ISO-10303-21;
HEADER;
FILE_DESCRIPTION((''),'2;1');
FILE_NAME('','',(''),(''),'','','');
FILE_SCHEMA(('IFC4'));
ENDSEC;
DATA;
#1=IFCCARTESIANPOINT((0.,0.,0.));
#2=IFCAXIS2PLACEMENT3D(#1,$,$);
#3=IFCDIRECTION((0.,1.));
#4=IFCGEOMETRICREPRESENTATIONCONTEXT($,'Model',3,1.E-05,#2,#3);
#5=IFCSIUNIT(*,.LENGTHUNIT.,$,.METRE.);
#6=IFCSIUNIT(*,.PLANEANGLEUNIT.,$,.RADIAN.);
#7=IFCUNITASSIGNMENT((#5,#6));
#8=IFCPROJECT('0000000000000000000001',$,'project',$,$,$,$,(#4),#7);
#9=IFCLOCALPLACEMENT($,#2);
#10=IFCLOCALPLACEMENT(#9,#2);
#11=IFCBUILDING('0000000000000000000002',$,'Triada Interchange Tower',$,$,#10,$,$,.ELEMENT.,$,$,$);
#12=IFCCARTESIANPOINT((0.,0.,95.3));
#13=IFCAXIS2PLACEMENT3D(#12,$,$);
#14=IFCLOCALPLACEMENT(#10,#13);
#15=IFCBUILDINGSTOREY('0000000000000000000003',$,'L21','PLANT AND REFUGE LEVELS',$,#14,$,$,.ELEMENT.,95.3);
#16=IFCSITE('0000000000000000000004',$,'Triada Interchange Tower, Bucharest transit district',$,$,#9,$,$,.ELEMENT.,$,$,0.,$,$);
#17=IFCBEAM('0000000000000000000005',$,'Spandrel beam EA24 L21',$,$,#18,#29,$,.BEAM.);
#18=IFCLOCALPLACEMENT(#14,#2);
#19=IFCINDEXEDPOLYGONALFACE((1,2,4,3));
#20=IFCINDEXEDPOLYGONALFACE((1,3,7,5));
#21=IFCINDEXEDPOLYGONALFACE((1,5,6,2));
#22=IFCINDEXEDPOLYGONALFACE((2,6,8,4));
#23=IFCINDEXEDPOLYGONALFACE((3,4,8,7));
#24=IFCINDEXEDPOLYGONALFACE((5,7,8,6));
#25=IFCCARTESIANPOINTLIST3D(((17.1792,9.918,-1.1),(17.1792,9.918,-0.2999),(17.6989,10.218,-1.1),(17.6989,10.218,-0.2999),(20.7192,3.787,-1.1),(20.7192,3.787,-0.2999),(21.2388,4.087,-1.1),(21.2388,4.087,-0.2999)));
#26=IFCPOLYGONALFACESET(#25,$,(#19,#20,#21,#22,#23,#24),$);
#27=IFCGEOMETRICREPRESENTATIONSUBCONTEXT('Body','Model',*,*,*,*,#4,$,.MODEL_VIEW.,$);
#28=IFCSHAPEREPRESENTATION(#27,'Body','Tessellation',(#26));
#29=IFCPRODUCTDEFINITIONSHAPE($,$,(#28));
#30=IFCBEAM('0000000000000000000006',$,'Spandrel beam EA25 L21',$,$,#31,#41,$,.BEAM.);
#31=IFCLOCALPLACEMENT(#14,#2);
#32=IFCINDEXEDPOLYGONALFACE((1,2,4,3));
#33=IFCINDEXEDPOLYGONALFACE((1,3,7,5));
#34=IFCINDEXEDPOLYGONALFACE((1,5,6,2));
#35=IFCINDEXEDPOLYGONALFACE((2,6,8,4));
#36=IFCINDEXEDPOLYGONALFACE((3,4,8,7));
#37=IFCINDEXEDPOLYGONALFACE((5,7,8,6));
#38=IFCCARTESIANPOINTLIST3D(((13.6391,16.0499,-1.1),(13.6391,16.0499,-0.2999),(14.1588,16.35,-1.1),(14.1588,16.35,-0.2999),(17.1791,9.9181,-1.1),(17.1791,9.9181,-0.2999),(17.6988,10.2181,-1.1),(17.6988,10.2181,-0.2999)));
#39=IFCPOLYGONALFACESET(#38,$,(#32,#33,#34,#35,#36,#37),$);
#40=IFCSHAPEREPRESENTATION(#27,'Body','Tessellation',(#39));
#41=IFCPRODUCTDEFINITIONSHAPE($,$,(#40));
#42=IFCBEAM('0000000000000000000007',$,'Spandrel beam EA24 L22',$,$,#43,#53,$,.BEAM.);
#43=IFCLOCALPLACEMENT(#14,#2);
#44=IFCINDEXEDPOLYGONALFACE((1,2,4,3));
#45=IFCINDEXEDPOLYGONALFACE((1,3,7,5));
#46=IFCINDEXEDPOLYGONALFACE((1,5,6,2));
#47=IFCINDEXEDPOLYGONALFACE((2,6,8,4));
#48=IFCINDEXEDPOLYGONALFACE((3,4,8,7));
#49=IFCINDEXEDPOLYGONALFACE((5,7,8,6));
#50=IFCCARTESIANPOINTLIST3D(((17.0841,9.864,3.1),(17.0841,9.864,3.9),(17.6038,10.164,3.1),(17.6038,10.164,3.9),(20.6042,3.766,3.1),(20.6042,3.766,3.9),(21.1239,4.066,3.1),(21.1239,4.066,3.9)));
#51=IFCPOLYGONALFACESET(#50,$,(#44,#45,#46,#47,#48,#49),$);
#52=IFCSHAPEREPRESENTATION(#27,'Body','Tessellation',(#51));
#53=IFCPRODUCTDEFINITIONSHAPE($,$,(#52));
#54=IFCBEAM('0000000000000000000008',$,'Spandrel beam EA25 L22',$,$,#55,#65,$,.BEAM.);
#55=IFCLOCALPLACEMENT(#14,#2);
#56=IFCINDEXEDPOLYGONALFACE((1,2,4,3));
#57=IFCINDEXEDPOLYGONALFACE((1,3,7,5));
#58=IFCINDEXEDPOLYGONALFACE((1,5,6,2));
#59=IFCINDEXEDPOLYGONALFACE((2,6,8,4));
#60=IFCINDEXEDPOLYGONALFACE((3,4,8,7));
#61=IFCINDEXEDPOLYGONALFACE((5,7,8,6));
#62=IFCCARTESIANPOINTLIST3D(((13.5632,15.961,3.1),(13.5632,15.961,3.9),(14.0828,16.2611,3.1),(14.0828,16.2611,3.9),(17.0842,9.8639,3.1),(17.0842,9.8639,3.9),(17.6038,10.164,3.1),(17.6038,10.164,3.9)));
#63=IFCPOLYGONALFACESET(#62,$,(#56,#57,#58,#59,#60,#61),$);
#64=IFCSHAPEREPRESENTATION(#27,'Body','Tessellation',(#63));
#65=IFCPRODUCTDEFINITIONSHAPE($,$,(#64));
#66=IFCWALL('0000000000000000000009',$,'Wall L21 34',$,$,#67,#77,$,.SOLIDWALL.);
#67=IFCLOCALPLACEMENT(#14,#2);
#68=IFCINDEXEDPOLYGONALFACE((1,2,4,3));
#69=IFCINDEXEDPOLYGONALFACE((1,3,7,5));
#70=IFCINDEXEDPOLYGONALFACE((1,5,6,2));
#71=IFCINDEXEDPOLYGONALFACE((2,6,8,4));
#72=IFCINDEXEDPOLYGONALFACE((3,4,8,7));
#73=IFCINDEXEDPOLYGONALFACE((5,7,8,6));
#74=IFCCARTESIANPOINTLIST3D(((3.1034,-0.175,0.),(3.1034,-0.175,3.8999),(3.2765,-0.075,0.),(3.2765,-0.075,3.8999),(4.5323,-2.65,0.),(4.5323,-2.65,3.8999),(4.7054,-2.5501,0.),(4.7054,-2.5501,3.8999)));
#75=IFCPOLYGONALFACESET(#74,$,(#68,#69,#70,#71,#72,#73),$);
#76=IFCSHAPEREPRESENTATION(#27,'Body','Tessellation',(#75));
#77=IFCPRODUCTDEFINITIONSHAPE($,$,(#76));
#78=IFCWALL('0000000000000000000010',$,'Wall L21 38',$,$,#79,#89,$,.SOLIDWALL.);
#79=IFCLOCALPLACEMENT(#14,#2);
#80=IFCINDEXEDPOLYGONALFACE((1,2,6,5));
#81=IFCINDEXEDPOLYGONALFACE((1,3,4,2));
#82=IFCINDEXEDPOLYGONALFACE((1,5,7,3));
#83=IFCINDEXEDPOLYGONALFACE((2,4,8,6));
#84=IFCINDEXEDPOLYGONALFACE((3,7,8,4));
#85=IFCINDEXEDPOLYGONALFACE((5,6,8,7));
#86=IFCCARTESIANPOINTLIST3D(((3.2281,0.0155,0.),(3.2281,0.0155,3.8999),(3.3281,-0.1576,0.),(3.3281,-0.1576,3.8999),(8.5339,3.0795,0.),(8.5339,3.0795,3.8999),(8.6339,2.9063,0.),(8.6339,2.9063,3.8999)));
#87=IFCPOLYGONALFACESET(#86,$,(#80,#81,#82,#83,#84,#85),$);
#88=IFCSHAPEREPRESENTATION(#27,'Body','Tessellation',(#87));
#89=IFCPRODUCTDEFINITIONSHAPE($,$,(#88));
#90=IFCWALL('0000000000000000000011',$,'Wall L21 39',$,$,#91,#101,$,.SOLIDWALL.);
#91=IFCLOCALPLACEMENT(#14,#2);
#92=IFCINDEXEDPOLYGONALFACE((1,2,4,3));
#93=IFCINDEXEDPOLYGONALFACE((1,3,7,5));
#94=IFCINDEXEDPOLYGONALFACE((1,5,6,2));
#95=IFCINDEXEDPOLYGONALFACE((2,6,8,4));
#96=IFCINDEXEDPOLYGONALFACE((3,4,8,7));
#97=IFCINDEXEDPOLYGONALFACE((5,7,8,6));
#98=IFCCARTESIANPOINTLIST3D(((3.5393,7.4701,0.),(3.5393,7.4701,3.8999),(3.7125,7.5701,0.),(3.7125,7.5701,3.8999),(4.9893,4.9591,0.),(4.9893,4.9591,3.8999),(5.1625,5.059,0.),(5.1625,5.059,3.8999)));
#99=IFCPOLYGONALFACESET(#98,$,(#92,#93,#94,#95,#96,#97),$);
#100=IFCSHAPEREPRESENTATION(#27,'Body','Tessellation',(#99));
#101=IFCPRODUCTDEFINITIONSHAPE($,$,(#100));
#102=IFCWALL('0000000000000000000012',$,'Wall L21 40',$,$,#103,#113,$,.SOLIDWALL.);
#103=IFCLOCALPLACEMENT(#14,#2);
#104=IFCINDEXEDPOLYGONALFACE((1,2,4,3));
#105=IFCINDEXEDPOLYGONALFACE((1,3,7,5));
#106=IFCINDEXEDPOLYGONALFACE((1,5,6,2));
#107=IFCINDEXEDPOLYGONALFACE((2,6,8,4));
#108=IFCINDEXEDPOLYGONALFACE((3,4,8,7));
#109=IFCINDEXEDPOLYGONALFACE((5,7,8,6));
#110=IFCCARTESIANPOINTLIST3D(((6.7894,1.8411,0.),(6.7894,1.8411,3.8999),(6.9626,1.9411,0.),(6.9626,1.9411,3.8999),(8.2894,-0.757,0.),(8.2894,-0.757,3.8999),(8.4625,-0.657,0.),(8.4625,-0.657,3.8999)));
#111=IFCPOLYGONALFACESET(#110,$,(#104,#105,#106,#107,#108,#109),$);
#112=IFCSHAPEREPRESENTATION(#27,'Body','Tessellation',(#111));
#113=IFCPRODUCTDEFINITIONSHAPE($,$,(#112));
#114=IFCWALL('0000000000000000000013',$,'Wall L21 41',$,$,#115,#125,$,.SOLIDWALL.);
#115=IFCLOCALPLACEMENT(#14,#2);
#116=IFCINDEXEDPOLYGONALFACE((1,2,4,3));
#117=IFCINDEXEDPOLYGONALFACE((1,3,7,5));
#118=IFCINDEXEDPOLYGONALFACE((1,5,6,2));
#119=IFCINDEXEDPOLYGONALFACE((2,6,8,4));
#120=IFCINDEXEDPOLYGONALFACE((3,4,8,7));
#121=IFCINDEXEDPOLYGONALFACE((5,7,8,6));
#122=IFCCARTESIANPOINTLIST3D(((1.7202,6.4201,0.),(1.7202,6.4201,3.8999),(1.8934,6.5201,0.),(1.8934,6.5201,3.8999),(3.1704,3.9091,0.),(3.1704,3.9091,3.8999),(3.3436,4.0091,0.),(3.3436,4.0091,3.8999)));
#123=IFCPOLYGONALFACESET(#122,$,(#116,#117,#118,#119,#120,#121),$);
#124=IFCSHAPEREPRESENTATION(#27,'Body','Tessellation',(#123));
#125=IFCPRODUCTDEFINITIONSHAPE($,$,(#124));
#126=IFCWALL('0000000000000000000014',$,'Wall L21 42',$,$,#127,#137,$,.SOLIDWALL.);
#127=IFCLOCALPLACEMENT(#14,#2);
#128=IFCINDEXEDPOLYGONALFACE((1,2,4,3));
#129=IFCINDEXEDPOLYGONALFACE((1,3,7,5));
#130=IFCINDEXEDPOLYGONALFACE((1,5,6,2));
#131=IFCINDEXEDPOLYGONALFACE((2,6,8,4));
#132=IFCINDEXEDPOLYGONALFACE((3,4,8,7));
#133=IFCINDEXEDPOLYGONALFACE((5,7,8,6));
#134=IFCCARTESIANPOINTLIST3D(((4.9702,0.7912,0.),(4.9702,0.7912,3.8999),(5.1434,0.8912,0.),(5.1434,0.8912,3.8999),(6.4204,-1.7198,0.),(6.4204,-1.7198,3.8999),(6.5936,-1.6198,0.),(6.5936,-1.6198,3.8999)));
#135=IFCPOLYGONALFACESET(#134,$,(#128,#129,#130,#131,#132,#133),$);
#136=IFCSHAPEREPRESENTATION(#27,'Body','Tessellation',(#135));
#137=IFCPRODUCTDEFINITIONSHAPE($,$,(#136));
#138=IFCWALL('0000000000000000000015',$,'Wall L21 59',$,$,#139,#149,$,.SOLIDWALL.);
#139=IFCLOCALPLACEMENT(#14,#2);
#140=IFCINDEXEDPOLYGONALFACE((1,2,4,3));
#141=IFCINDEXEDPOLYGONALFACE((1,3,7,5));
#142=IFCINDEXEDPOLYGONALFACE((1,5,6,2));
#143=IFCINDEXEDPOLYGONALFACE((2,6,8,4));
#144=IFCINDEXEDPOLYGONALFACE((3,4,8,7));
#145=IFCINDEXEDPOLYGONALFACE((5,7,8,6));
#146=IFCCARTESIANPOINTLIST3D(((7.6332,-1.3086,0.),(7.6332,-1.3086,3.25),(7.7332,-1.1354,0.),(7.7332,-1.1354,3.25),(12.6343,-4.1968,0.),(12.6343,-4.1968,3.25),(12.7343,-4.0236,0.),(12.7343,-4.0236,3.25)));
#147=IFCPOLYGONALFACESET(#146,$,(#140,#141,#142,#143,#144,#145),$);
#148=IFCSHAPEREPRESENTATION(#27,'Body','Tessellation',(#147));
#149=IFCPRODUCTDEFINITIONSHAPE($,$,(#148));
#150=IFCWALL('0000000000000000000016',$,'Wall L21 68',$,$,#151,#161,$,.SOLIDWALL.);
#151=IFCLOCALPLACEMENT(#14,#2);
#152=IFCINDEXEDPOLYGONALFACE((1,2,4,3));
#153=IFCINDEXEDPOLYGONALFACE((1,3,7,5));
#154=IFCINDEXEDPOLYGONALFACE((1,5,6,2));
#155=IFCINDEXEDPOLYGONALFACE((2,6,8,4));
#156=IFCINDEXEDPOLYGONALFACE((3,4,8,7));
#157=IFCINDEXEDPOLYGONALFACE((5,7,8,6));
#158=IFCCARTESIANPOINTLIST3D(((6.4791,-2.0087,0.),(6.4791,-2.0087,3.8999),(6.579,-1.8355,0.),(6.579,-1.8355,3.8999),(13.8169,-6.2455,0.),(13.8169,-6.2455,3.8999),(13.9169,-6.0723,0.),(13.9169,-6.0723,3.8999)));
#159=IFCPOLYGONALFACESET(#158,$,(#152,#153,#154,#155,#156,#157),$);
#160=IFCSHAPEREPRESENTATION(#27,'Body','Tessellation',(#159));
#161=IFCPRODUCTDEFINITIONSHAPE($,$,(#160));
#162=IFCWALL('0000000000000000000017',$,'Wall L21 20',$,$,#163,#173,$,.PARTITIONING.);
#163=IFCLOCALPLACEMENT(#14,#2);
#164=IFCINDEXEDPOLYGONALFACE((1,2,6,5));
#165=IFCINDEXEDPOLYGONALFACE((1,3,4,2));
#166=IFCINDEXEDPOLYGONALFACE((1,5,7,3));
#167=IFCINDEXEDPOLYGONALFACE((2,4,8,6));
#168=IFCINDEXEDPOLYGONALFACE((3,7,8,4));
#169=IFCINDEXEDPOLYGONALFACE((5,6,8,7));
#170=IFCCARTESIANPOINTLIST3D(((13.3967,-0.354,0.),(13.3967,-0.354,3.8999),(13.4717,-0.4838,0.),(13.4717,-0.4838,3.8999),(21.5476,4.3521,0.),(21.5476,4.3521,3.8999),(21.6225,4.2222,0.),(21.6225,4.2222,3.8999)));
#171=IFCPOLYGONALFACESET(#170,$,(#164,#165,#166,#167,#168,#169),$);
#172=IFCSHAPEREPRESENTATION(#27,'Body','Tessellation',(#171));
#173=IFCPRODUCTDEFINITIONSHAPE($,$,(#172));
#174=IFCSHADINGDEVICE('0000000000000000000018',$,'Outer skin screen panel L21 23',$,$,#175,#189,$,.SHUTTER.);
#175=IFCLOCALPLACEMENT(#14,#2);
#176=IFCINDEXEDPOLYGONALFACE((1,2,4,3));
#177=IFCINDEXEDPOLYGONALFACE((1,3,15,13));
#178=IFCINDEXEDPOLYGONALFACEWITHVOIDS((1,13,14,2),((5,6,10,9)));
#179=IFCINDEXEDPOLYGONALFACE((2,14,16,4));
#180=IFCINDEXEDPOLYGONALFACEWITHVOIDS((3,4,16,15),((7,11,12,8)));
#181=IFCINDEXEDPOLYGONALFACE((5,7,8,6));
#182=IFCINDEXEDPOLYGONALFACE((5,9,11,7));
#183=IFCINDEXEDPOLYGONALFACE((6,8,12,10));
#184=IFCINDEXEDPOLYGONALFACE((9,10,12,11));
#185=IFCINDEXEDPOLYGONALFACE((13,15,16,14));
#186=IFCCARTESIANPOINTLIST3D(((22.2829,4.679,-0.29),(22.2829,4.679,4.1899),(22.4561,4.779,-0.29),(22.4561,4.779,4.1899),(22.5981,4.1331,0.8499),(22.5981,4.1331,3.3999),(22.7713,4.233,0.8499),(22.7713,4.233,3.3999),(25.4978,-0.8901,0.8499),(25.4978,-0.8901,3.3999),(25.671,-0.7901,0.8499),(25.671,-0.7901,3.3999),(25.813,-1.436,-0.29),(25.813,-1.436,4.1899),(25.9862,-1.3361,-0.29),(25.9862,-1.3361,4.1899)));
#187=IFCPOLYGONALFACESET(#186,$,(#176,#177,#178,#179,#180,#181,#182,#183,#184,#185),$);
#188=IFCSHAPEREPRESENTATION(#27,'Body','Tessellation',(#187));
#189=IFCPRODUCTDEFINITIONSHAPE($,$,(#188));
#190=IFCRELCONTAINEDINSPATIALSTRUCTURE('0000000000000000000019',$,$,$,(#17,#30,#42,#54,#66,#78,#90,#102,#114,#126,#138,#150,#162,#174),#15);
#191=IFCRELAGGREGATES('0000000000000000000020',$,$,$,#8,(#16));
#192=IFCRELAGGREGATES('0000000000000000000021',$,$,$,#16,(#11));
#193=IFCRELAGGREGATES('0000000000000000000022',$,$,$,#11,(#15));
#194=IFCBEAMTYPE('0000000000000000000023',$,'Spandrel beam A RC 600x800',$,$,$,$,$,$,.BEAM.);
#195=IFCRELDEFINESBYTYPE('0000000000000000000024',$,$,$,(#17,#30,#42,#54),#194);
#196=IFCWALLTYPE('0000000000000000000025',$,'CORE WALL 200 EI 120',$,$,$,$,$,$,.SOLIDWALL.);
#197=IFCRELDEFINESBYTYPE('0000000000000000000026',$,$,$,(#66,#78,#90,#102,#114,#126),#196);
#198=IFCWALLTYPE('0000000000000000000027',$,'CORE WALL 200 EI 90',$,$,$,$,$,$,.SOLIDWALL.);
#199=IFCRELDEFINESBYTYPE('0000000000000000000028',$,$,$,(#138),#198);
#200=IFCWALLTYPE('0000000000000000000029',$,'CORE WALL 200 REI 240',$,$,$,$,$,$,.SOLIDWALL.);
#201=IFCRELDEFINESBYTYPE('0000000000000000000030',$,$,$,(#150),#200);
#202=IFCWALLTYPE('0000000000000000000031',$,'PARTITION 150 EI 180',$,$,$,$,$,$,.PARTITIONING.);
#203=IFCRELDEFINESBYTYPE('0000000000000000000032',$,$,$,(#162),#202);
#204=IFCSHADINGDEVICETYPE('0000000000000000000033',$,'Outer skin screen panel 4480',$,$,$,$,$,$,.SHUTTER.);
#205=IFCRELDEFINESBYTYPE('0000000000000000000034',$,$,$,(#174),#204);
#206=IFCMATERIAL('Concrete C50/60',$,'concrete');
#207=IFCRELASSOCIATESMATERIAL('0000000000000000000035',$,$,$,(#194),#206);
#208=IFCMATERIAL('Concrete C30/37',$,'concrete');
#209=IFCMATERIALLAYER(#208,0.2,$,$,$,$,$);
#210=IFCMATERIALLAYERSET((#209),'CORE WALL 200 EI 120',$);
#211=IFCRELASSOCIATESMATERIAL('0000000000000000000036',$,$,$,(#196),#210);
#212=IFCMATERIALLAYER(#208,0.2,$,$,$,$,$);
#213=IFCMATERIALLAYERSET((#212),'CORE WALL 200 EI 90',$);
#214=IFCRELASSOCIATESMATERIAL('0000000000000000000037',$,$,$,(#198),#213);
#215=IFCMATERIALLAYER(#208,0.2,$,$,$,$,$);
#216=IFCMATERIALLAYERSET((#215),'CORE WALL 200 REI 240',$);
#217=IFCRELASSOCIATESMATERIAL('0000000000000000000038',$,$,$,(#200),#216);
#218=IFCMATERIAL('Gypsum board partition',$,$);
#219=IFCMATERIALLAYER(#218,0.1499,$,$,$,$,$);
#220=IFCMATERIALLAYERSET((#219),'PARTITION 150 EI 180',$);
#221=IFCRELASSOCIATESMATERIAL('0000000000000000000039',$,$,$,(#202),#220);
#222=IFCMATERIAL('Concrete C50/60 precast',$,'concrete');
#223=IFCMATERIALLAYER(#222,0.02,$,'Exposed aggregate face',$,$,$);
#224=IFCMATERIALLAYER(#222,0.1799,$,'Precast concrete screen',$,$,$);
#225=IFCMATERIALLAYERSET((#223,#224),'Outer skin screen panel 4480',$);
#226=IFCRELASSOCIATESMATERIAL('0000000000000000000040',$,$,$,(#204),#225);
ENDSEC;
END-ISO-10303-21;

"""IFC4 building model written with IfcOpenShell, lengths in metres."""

from ifc_helpers import new_model, si_unit, direction, frame, frame_2d, origin, origin_2d, place, context, subcontext, project, spatial, polyline, rectangle, outline, extrude, material, layer, layer_set, material_profile, profile_set, type_object, element, save


model = new_model("IFC4")

# Units and contexts
model_context = context("Model", 3, precision=1e-05, world=origin(), true_north=direction((0.0, 1.0)))
body_context = subcontext(model_context, "Body", "Model", "MODEL_VIEW")
ifc_project = project(units=[si_unit("LENGTHUNIT", "METRE"), si_unit("PLANEANGLEUNIT", "RADIAN")], contexts=[model_context])

# Site, building, storey
site_placement = place(None, origin())
site = spatial("IfcSite", under=ifc_project, at=site_placement, Name="Triada Interchange Tower, Bucharest transit district", CompositionType="ELEMENT", RefElevation=0.0)
building_placement = place(site_placement, origin())
building = spatial("IfcBuilding", under=site, at=building_placement, Name="Triada Interchange Tower", CompositionType="ELEMENT")
storey_placement = place(building_placement, frame((0.0, 0.0, 95.3)))
storey = spatial("IfcBuildingStorey", under=building, at=storey_placement, Name="L21", Description="PLANT AND REFUGE LEVELS", CompositionType="ELEMENT", Elevation=95.3)

# Beams
ifc_material_1 = material(Name="Concrete C50/60", Category="concrete")
ifc_material_profile_1 = material_profile(ifc_material_1, rectangle(XDim=0.6001, YDim=0.8, at=origin_2d()), Name="RC 600x800")
ifc_profile_set_1 = profile_set([ifc_material_profile_1], Name="Concrete C50/60")
beam_type_1 = type_object("IfcBeamType", Name="Spandrel beam A RC 600x800", PredefinedType="BEAM", material=ifc_profile_set_1)
beam_1_placement = place(storey_placement, frame((20.979, 3.937, -0.7), z_axis=(-0.500026, 0.86601, 0.0), x_axis=(-0.86601, -0.500026, 0.0)))
element("IfcBeam", 1, at=beam_1_placement, inside=storey, type_object=beam_type_1, Name="Spandrel beam EA24 L21", PredefinedType="BEAM", context=body_context, shape_type="SweptSolid", body=[
    extrude(rectangle(XDim=0.6001, YDim=0.8, at=origin_2d()), origin(), (0.0, 0.0, 1.0), 7.0796),
])
beam_2_placement = place(storey_placement, frame((17.439, 10.0681, -0.7), z_axis=(-0.499981, 0.866036, 0.0), x_axis=(-0.866036, -0.499981, 0.0)))
element("IfcBeam", 2, at=beam_2_placement, inside=storey, type_object=beam_type_1, Name="Spandrel beam EA25 L21", PredefinedType="BEAM", context=body_context, shape_type="SweptSolid", body=[
    extrude(rectangle(XDim=0.6001, YDim=0.8, at=origin_2d()), origin(), (0.0, 0.0, 1.0), 7.0803),
])
beam_3_placement = place(storey_placement, frame((20.864, 3.916, 3.5), z_axis=(-0.499936, 0.866063, 0.0), x_axis=(-0.866063, -0.499936, 0.0)))
element("IfcBeam", 3, at=beam_3_placement, inside=storey, type_object=beam_type_1, Name="Spandrel beam EA24 L22", PredefinedType="BEAM", context=body_context, shape_type="SweptSolid", body=[
    extrude(rectangle(XDim=0.6001, YDim=0.8, at=origin_2d()), origin(), (0.0, 0.0, 1.0), 7.041),
])
beam_4_placement = place(storey_placement, frame((17.344, 10.0139, 3.5), z_axis=(-0.500085, 0.865977, 0.0), x_axis=(-0.865977, -0.500085, 0.0)))
element("IfcBeam", 4, at=beam_4_placement, inside=storey, type_object=beam_type_1, Name="Spandrel beam EA25 L22", PredefinedType="BEAM", context=body_context, shape_type="SweptSolid", body=[
    extrude(rectangle(XDim=0.6001, YDim=0.8, at=origin_2d()), origin(), (0.0, 0.0, 1.0), 7.0408),
])

# Walls
ifc_material_2 = material(Name="Concrete C30/37", Category="concrete")
ifc_layer_1 = layer(ifc_material_2, 0.2)
ifc_layer_set_1 = layer_set([ifc_layer_1], Name="CORE WALL 200 EI 120")
wall_type_1 = type_object("IfcWallType", Name="CORE WALL 200 EI 120", PredefinedType="SOLIDWALL", material=ifc_layer_set_1)
wall_1_placement = place(storey_placement, frame((3.1899, -0.125, 0.0), z_axis=(0.0, 0.0, 1.0), x_axis=(0.499989, -0.866032, 0.0)))
element("IfcWall", 5, at=wall_1_placement, inside=storey, type_object=wall_type_1, Name="Wall L21 34", PredefinedType="SOLIDWALL", context=body_context, shape_type="SweptSolid", body=[
    extrude(rectangle(XDim=2.8579, YDim=0.2, at=frame_2d((1.429, 0.0))), origin(), (0.0, 0.0, 1.0), 3.8999),
])
wall_2_placement = place(storey_placement, frame((3.2781, -0.071, 0.0), z_axis=(0.0, 0.0, 1.0), x_axis=(0.865983, 0.500073, 0.0)))
element("IfcWall", 6, at=wall_2_placement, inside=storey, type_object=wall_type_1, Name="Wall L21 38", PredefinedType="SOLIDWALL", context=body_context, shape_type="SweptSolid", body=[
    extrude(rectangle(XDim=6.127, YDim=0.2, at=frame_2d((3.0635, 0.0))), origin(), (0.0, 0.0, 1.0), 3.8999),
])
wall_3_placement = place(storey_placement, frame((3.626, 7.52, 0.0), z_axis=(0.0, 0.0, 1.0), x_axis=(0.50006, -0.865991, 0.0)))
element("IfcWall", 7, at=wall_3_placement, inside=storey, type_object=wall_type_1, Name="Wall L21 39", PredefinedType="SOLIDWALL", context=body_context, shape_type="SweptSolid", body=[
    extrude(rectangle(XDim=2.8997, YDim=0.2, at=frame_2d((1.4497, 0.0))), origin(), (0.0, 0.0, 1.0), 3.8999),
])
wall_4_placement = place(storey_placement, frame((6.876, 1.8911, 0.0), z_axis=(0.0, 0.0, 1.0), x_axis=(0.49999, -0.866031, 0.0)))
element("IfcWall", 8, at=wall_4_placement, inside=storey, type_object=wall_type_1, Name="Wall L21 40", PredefinedType="SOLIDWALL", context=body_context, shape_type="SweptSolid", body=[
    extrude(rectangle(XDim=3.0, YDim=0.2, at=frame_2d((1.5, 0.0))), origin(), (0.0, 0.0, 1.0), 3.8999),
])
for number, where, z_axis, x_axis, name in (
    (9, (1.8069, 6.47, 0.0), (0.0, 0.0, 1.0), (0.500123, -0.865954, 0.0), "Wall L21 41"),
    (10, (5.0569, 0.8411, 0.0), (0.0, 0.0, 1.0), (0.500123, -0.865954, 0.0), "Wall L21 42"),
):
    element("IfcWall", number, at=place(storey_placement, frame(where, z_axis=z_axis, x_axis=x_axis)), inside=storey, type_object=wall_type_1, Name=name, PredefinedType="SOLIDWALL", context=body_context, shape_type="SweptSolid", body=[
        extrude(rectangle(XDim=2.8997, YDim=0.2, at=frame_2d((1.4497, 0.0))), origin(), (0.0, 0.0, 1.0), 3.8999),
    ])
ifc_layer_2 = layer(ifc_material_2, 0.2)
ifc_layer_set_2 = layer_set([ifc_layer_2], Name="CORE WALL 200 EI 90")
wall_type_2 = type_object("IfcWallType", Name="CORE WALL 200 EI 90", PredefinedType="SOLIDWALL", material=ifc_layer_set_2)
wall_5_placement = place(storey_placement, frame((7.6831, -1.2219, 0.0), z_axis=(0.0, 0.0, 1.0), x_axis=(0.86596, -0.500113, 0.0)))
element("IfcWall", 11, at=wall_5_placement, inside=storey, type_object=wall_type_2, Name="Wall L21 59", PredefinedType="SOLIDWALL", context=body_context, shape_type="SweptSolid", body=[
    extrude(rectangle(XDim=5.7751, YDim=0.2, at=frame_2d((2.8877, 0.0))), origin(), (0.0, 0.0, 1.0), 3.25),
])
ifc_layer_3 = layer(ifc_material_2, 0.2)
ifc_layer_set_3 = layer_set([ifc_layer_3], Name="CORE WALL 200 REI 240")
wall_type_3 = type_object("IfcWallType", Name="CORE WALL 200 REI 240", PredefinedType="SOLIDWALL", material=ifc_layer_set_3)
wall_6_placement = place(storey_placement, frame((6.5291, -1.9221, 0.0), z_axis=(0.0, 0.0, 1.0), x_axis=(0.866011, -0.500025, 0.0)))
element("IfcWall", 12, at=wall_6_placement, inside=storey, type_object=wall_type_3, Name="Wall L21 68", PredefinedType="SOLIDWALL", context=body_context, shape_type="SweptSolid", body=[
    extrude(rectangle(XDim=8.4731, YDim=0.2, at=frame_2d((4.2366, 0.0))), origin(), (0.0, 0.0, 1.0), 3.8999),
])
ifc_material_3 = material(Name="Gypsum board partition")
ifc_layer_4 = layer(ifc_material_3, 0.1499)
ifc_layer_set_4 = layer_set([ifc_layer_4], Name="PARTITION 150 EI 180")
wall_type_4 = type_object("IfcWallType", Name="PARTITION 150 EI 180", PredefinedType="PARTITIONING", material=ifc_layer_set_4)
wall_7_placement = place(storey_placement, frame((13.4341, -0.4189, 0.0), z_axis=(0.0, 0.0, 1.0), x_axis=(0.866019, 0.500011, 0.0)))
element("IfcWall", 13, at=wall_7_placement, inside=storey, type_object=wall_type_4, Name="Wall L21 20", PredefinedType="PARTITIONING", context=body_context, shape_type="SweptSolid", body=[
    extrude(rectangle(XDim=9.4119, YDim=0.1499, at=frame_2d((4.7061, 0.0))), origin(), (0.0, 0.0, 1.0), 3.8999),
])

# Shading device
ifc_material_4 = material(Name="Concrete C50/60 precast", Category="concrete")
ifc_layer_5 = layer(ifc_material_4, 0.02, Name="Exposed aggregate face")
ifc_layer_6 = layer(ifc_material_4, 0.1799, Name="Precast concrete screen")
ifc_layer_set_5 = layer_set([ifc_layer_5, ifc_layer_6], Name="Outer skin screen panel 4480")
shading_device_type = type_object("IfcShadingDeviceType", Name="Outer skin screen panel 4480", PredefinedType="SHUTTER", material=ifc_layer_set_5)
shading_device_placement = place(storey_placement, frame((25.813, -1.436, -0.29), z_axis=(0.0, 0.0, 1.0), x_axis=(-0.499951, 0.866054, 0.0)))
element("IfcShadingDevice", 14, at=shading_device_placement, inside=storey, type_object=shading_device_type, Name="Outer skin screen panel L21 23", PredefinedType="SHUTTER", context=body_context, shape_type="SweptSolid", body=[
    extrude(outline(polyline([(0.0, 0.0), (7.0608, 0.0), (7.0608, 4.48), (0.0, 4.48), (0.0, 0.0)]), holes=[polyline([(0.6304, 1.1399), (0.6304, 3.6899), (6.4304, 3.6899), (6.4304, 1.1399), (0.6304, 1.1399)])]), frame((0.0, 0.0, 0.0), z_axis=(0.0, -1.0, 0.0), x_axis=(1.0, 0.0, 0.0)), (0.0, 0.0, 1.0), 0.2),
])

save(model, "model.ifc")
